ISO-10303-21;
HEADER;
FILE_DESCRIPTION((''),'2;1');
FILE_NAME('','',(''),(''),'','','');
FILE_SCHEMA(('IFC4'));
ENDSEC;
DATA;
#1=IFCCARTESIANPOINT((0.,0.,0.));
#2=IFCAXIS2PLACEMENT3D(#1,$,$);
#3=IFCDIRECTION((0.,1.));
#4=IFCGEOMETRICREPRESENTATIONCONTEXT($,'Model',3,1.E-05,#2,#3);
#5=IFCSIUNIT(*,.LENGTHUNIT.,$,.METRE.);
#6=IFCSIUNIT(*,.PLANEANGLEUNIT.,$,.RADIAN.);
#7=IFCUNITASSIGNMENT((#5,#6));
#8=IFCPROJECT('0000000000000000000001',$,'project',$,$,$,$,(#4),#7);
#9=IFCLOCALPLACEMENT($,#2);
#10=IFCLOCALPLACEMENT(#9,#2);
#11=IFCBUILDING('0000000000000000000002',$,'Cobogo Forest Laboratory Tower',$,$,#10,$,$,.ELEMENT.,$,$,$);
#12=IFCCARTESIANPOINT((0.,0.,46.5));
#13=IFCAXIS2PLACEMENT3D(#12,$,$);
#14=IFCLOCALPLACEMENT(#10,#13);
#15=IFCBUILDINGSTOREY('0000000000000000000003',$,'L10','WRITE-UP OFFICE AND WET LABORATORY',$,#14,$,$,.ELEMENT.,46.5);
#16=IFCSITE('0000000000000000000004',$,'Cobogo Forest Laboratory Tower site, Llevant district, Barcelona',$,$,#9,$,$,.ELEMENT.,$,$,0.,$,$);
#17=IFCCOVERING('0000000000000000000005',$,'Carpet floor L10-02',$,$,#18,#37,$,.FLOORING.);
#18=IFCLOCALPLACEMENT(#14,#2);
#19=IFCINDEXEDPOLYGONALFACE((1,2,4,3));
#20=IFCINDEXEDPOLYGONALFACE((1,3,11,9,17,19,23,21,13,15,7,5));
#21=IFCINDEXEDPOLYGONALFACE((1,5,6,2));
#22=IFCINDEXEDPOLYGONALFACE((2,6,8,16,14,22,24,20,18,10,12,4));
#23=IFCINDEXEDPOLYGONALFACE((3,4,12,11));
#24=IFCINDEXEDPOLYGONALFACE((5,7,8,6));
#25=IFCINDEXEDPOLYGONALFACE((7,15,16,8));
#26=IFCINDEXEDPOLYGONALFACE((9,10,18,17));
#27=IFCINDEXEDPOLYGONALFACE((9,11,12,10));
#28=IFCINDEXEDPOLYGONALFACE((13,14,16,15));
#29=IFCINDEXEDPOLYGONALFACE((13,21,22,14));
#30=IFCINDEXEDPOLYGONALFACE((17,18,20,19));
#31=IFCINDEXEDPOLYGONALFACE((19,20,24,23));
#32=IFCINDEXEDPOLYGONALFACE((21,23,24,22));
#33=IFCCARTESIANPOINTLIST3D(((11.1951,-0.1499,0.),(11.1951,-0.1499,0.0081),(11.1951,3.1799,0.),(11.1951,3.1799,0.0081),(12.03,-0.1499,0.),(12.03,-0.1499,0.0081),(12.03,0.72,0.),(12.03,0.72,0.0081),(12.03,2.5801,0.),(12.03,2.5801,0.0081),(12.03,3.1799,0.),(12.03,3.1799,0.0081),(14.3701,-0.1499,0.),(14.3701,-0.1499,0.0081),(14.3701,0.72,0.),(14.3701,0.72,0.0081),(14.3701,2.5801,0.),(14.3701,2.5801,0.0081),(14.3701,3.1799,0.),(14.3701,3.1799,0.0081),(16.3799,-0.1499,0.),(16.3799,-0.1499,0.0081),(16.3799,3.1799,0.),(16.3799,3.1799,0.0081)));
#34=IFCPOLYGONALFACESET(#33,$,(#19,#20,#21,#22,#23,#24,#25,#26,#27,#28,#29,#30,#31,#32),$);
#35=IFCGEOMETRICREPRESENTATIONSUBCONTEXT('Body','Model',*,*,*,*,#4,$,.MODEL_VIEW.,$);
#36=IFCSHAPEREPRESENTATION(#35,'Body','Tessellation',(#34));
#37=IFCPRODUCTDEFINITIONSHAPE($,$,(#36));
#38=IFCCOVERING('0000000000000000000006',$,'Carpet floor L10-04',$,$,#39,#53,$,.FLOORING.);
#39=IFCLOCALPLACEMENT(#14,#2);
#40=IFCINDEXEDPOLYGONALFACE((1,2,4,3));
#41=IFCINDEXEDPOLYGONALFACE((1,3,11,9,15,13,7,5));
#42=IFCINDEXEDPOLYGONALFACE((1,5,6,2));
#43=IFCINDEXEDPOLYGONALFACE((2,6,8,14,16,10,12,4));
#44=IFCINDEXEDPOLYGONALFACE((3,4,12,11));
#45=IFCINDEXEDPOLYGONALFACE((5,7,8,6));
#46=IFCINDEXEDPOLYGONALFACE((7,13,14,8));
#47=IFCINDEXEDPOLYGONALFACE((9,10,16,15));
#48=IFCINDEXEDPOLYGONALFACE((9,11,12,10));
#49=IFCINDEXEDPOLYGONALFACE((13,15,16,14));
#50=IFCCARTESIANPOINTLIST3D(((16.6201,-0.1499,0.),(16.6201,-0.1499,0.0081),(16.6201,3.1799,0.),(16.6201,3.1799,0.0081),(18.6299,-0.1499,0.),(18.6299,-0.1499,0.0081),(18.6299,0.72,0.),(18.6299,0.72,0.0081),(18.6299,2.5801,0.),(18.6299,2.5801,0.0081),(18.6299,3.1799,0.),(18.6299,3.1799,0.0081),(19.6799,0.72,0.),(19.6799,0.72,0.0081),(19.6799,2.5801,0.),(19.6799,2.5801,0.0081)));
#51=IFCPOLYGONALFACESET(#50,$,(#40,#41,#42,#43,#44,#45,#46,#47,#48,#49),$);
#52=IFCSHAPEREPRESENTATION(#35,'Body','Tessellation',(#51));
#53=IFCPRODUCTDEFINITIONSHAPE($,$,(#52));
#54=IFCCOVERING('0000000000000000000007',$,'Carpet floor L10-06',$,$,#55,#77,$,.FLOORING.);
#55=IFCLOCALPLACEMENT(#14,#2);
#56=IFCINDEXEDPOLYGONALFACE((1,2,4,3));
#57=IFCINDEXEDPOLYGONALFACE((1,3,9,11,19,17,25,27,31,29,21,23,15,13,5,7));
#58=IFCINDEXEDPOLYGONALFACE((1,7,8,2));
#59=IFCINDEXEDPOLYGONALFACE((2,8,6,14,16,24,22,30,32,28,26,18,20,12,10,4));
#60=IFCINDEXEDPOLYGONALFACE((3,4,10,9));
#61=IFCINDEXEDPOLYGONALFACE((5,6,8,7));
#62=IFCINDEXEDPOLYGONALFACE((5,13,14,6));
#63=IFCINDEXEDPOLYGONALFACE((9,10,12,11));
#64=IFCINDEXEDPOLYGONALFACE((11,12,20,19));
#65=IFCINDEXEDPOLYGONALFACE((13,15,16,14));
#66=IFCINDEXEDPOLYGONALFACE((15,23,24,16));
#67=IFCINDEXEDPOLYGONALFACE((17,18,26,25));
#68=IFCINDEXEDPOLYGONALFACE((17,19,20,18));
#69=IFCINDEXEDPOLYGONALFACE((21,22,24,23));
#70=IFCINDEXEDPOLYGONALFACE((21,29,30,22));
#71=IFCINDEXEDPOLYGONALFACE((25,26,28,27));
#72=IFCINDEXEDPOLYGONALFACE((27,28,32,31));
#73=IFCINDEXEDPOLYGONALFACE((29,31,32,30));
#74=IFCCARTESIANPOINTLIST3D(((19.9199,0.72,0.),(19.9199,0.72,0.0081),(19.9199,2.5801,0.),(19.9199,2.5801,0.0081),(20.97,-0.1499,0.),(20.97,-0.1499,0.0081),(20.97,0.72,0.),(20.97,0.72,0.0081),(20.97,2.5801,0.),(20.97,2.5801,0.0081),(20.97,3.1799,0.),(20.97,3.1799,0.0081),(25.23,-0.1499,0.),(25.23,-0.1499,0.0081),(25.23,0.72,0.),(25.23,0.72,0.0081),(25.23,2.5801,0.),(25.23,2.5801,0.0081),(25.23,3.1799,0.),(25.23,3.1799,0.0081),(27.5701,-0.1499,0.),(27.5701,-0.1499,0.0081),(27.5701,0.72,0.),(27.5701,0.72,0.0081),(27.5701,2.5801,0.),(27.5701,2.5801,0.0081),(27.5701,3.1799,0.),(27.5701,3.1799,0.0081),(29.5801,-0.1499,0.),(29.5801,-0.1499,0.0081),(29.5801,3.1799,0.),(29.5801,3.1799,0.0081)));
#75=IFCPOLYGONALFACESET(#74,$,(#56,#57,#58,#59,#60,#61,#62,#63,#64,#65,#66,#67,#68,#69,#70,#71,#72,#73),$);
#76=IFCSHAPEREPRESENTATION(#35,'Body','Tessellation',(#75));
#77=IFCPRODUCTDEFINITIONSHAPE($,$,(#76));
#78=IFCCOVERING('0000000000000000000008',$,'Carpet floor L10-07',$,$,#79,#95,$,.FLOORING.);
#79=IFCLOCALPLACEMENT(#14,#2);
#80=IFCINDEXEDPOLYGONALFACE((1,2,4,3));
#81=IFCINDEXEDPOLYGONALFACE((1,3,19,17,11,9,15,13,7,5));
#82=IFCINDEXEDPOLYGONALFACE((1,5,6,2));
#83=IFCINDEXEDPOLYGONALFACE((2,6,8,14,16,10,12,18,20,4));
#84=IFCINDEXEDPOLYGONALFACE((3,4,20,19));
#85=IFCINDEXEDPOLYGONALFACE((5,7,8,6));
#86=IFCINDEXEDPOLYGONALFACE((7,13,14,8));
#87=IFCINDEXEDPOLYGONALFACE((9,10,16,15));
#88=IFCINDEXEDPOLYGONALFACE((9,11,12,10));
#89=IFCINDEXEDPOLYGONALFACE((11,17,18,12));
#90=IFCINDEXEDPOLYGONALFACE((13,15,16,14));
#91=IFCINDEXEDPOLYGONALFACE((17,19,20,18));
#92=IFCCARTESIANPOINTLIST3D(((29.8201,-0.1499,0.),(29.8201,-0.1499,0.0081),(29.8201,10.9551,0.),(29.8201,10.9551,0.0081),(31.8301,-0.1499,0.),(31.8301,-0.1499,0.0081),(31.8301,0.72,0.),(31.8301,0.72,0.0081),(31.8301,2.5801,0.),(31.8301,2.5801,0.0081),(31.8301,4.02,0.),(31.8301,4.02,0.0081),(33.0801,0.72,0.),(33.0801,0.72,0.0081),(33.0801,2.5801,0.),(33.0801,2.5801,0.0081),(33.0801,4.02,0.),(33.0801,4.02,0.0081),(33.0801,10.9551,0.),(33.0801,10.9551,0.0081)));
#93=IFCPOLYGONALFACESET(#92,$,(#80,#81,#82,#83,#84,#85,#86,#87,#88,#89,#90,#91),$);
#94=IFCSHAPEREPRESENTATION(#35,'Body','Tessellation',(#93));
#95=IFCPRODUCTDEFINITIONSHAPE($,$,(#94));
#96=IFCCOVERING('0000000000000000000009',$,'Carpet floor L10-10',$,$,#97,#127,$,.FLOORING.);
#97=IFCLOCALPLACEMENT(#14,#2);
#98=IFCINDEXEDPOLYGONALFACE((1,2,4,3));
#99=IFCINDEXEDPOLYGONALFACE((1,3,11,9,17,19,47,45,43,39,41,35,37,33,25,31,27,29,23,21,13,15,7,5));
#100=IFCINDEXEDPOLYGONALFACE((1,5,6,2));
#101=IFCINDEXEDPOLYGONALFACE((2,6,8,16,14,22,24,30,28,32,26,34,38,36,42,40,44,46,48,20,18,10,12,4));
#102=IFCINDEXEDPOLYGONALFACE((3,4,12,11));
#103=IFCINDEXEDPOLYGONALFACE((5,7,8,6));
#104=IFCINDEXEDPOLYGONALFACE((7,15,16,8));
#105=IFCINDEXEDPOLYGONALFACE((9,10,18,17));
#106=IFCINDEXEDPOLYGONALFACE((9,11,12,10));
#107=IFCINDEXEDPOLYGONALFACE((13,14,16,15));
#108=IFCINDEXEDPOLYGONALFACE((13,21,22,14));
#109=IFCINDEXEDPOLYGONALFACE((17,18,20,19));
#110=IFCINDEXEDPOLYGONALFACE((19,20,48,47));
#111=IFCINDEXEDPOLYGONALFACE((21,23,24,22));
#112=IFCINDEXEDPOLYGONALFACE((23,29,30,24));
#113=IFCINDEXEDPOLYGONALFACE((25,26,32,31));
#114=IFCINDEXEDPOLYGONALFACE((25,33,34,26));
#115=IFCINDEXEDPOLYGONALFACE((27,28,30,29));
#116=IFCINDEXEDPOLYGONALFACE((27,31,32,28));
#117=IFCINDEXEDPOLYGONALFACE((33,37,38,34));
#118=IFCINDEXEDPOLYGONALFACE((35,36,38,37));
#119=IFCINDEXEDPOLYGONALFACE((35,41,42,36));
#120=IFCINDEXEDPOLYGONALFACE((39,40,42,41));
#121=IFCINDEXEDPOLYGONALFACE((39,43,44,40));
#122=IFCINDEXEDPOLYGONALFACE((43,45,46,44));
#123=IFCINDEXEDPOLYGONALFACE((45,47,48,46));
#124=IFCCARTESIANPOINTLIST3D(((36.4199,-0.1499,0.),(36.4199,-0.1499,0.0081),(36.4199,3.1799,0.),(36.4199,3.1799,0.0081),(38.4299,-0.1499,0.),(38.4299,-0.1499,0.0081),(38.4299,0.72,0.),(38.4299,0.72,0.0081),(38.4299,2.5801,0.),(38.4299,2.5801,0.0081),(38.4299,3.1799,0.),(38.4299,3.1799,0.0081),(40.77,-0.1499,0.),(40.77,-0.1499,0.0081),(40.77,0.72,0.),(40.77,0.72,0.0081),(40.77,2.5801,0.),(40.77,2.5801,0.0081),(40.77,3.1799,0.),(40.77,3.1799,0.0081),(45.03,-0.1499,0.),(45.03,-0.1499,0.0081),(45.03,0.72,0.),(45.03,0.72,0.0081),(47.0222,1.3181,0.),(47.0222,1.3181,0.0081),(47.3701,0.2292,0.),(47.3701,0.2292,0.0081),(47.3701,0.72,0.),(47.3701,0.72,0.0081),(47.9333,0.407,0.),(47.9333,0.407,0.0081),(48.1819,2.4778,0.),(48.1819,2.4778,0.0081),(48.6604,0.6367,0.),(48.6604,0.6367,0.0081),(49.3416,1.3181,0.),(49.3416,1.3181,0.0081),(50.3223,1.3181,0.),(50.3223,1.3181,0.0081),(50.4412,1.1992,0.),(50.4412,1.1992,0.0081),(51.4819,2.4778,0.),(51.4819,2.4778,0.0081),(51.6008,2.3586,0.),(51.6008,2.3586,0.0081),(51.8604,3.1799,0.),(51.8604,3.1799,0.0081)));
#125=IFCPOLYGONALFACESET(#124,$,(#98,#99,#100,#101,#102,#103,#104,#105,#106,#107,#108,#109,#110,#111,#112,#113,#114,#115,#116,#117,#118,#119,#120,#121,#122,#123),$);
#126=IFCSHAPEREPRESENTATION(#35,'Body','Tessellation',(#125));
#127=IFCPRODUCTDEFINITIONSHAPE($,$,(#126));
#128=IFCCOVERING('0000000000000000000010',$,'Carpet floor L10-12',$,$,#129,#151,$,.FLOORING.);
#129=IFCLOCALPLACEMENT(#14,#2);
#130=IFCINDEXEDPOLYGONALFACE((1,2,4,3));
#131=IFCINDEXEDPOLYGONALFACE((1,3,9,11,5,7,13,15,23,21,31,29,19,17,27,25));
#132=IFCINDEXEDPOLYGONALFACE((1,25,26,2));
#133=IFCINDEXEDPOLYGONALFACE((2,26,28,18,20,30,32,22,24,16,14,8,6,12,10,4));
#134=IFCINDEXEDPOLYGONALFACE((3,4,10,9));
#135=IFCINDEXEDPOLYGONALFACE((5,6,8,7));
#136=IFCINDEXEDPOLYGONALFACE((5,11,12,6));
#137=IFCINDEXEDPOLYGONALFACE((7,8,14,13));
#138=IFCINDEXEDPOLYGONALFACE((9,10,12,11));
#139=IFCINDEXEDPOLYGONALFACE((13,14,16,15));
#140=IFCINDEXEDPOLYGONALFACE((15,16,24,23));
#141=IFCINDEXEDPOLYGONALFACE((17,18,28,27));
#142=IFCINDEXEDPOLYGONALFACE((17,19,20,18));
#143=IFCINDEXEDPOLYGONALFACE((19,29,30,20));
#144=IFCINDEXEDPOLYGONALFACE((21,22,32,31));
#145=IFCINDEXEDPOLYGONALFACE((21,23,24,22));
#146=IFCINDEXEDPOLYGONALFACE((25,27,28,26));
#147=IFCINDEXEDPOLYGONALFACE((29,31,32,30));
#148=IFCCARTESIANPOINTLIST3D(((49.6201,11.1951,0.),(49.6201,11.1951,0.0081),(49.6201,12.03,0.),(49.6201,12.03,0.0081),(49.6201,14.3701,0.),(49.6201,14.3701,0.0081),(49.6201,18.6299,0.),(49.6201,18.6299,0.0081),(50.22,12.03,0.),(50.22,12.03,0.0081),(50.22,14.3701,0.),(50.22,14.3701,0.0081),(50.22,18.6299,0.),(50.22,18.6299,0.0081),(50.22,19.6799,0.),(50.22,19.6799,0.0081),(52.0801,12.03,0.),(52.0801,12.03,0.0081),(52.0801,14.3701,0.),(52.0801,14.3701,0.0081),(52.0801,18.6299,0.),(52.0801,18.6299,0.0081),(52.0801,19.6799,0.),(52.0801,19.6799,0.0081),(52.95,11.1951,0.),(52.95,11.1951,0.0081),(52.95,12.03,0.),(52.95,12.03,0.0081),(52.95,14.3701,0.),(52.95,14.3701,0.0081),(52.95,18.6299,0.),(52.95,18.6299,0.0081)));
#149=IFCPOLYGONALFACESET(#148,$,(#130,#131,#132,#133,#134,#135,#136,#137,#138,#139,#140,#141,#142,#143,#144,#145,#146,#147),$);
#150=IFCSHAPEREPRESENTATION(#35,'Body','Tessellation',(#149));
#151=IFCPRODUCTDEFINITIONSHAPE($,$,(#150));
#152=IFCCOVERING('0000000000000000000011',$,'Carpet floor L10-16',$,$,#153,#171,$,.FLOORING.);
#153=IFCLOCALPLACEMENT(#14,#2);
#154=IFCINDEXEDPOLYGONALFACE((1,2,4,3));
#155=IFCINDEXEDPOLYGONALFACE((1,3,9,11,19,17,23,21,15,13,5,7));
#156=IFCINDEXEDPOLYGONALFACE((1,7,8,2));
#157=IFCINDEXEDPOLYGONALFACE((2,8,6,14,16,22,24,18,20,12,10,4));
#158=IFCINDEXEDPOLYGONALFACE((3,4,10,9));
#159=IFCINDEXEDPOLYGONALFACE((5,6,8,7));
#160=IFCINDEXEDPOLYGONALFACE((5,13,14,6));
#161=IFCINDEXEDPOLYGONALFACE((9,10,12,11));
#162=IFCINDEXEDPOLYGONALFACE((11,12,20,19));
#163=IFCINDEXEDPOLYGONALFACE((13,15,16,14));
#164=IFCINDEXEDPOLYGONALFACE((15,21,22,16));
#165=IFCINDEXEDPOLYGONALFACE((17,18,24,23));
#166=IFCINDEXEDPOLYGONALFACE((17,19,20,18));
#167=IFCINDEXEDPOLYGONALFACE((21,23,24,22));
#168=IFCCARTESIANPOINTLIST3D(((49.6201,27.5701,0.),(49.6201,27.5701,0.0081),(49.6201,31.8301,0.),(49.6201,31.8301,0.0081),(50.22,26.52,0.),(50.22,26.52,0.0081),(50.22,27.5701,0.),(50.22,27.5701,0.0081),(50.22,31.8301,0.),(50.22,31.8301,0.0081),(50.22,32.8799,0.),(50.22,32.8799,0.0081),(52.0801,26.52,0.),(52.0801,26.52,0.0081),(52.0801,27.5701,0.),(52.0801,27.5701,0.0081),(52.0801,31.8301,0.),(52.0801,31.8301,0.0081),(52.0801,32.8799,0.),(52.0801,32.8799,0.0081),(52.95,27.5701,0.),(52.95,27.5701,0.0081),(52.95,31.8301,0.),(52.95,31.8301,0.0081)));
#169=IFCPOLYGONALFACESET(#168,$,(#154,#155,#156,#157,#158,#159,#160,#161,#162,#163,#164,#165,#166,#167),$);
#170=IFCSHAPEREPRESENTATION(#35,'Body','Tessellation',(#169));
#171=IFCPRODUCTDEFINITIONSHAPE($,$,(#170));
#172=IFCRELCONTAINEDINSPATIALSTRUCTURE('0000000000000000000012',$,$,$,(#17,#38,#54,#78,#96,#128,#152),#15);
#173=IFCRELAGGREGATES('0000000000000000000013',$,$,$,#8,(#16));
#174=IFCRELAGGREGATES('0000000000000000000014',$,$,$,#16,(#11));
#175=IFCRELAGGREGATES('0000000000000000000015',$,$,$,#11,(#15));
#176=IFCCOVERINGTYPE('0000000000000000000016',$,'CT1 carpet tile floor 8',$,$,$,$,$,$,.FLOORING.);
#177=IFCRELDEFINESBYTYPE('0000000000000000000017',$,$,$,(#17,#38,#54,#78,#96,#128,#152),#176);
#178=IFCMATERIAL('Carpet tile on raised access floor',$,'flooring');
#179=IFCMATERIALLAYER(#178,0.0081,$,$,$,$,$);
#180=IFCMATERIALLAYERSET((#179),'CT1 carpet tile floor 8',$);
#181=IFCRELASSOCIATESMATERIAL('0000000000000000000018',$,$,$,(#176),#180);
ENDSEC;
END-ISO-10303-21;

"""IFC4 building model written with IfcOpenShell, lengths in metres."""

from ifc_helpers import new_model, si_unit, direction, frame, origin, place, context, subcontext, project, spatial, polyline, outline, extrude, material, layer, layer_set, type_object, element, save


model = new_model("IFC4")

# Units and contexts
model_context = context("Model", 3, precision=1e-05, world=origin(), true_north=direction((0.0, 1.0)))
body_context = subcontext(model_context, "Body", "Model", "MODEL_VIEW")
ifc_project = project(units=[si_unit("LENGTHUNIT", "METRE"), si_unit("PLANEANGLEUNIT", "RADIAN")], contexts=[model_context])

# Site, building, storey
site_placement = place(None, origin())
site = spatial("IfcSite", under=ifc_project, at=site_placement, Name="Cobogo Forest Laboratory Tower site, Llevant district, Barcelona", CompositionType="ELEMENT", RefElevation=0.0)
building_placement = place(site_placement, origin())
building = spatial("IfcBuilding", under=site, at=building_placement, Name="Cobogo Forest Laboratory Tower", CompositionType="ELEMENT")
storey_placement = place(building_placement, frame((0.0, 0.0, 46.5)))
storey = spatial("IfcBuildingStorey", under=building, at=storey_placement, Name="L10", Description="WRITE-UP OFFICE AND WET LABORATORY", CompositionType="ELEMENT", Elevation=46.5)

# Coverings
ifc_material_1 = material(Name="Carpet tile on raised access floor", Category="flooring")
ifc_layer_1 = layer(ifc_material_1, 0.0081)
ifc_layer_set_1 = layer_set([ifc_layer_1], Name="CT1 carpet tile floor 8")
covering_type_1 = type_object("IfcCoveringType", Name="CT1 carpet tile floor 8", PredefinedType="FLOORING", material=ifc_layer_set_1)
covering_1_placement = place(storey_placement, origin())
element("IfcCovering", 1, at=covering_1_placement, inside=storey, type_object=covering_type_1, Name="Carpet floor L10-02", PredefinedType="FLOORING", context=body_context, shape_type="SweptSolid", body=[
    extrude(outline(polyline([(12.03, 3.1799), (12.03, 2.5801), (14.3701, 2.5801), (14.3701, 3.1799), (16.3799, 3.1799), (16.3799, -0.1499), (14.3701, -0.1499), (14.3701, 0.72), (12.03, 0.72), (12.03, -0.1499), (11.1951, -0.1499), (11.1951, 3.1799), (12.03, 3.1799)])), origin(), (0.0, 0.0, 1.0), 0.0081),
])
covering_2_placement = place(storey_placement, origin())
element("IfcCovering", 2, at=covering_2_placement, inside=storey, type_object=covering_type_1, Name="Carpet floor L10-04", PredefinedType="FLOORING", context=body_context, shape_type="SweptSolid", body=[
    extrude(outline(polyline([(18.6299, 3.1799), (18.6299, 2.5801), (19.6799, 2.5801), (19.6799, 0.72), (18.6299, 0.72), (18.6299, -0.1499), (16.6201, -0.1499), (16.6201, 3.1799), (18.6299, 3.1799)])), origin(), (0.0, 0.0, 1.0), 0.0081),
])
covering_3_placement = place(storey_placement, origin())
element("IfcCovering", 3, at=covering_3_placement, inside=storey, type_object=covering_type_1, Name="Carpet floor L10-06", PredefinedType="FLOORING", context=body_context, shape_type="SweptSolid", body=[
    extrude(outline(polyline([(25.23, 3.1799), (25.23, 2.5801), (27.5701, 2.5801), (27.5701, 3.1799), (29.5801, 3.1799), (29.5801, -0.1499), (27.5701, -0.1499), (27.5701, 0.72), (25.23, 0.72), (25.23, -0.1499), (20.97, -0.1499), (20.97, 0.72), (19.9199, 0.72), (19.9199, 2.5801), (20.97, 2.5801), (20.97, 3.1799), (25.23, 3.1799)])), origin(), (0.0, 0.0, 1.0), 0.0081),
])
covering_4_placement = place(storey_placement, origin())
element("IfcCovering", 4, at=covering_4_placement, inside=storey, type_object=covering_type_1, Name="Carpet floor L10-07", PredefinedType="FLOORING", context=body_context, shape_type="SweptSolid", body=[
    extrude(outline(polyline([(33.0801, 10.9551), (33.0801, 4.02), (31.8301, 4.02), (31.8301, 2.5801), (33.0801, 2.5801), (33.0801, 0.72), (31.8301, 0.72), (31.8301, -0.1499), (29.8201, -0.1499), (29.8201, 10.9551), (33.0801, 10.9551)])), origin(), (0.0, 0.0, 1.0), 0.0081),
])
covering_5_placement = place(storey_placement, origin())
element("IfcCovering", 5, at=covering_5_placement, inside=storey, type_object=covering_type_1, Name="Carpet floor L10-10", PredefinedType="FLOORING", context=body_context, shape_type="SweptSolid", body=[
    extrude(outline(polyline([(38.4299, 3.1799), (38.4299, 2.5801), (40.77, 2.5801), (40.77, 3.1799), (51.8604, 3.1799), (51.6008, 2.3586), (51.4819, 2.4778), (50.3223, 1.3181), (50.4412, 1.1992), (48.6604, 0.6367), (49.3416, 1.3181), (48.1819, 2.4778), (47.0222, 1.3181), (47.9333, 0.407), (47.3701, 0.2292), (47.3701, 0.72), (45.03, 0.72), (45.03, -0.1499), (40.77, -0.1499), (40.77, 0.72), (38.4299, 0.72), (38.4299, -0.1499), (36.4199, -0.1499), (36.4199, 3.1799), (38.4299, 3.1799)])), origin(), (0.0, 0.0, 1.0), 0.0081),
])
covering_6_placement = place(storey_placement, origin())
element("IfcCovering", 6, at=covering_6_placement, inside=storey, type_object=covering_type_1, Name="Carpet floor L10-12", PredefinedType="FLOORING", context=body_context, shape_type="SweptSolid", body=[
    extrude(outline(polyline([(49.6201, 12.03), (50.22, 12.03), (50.22, 14.3701), (49.6201, 14.3701), (49.6201, 18.6299), (50.22, 18.6299), (50.22, 19.6799), (52.0801, 19.6799), (52.0801, 18.6299), (52.95, 18.6299), (52.95, 14.3701), (52.0801, 14.3701), (52.0801, 12.03), (52.95, 12.03), (52.95, 11.1951), (49.6201, 11.1951), (49.6201, 12.03)])), origin(), (0.0, 0.0, 1.0), 0.0081),
])
covering_7_placement = place(storey_placement, origin())
element("IfcCovering", 7, at=covering_7_placement, inside=storey, type_object=covering_type_1, Name="Carpet floor L10-16", PredefinedType="FLOORING", context=body_context, shape_type="SweptSolid", body=[
    extrude(outline(polyline([(49.6201, 31.8301), (50.22, 31.8301), (50.22, 32.8799), (52.0801, 32.8799), (52.0801, 31.8301), (52.95, 31.8301), (52.95, 27.5701), (52.0801, 27.5701), (52.0801, 26.52), (50.22, 26.52), (50.22, 27.5701), (49.6201, 27.5701), (49.6201, 31.8301)])), origin(), (0.0, 0.0, 1.0), 0.0081),
])

save(model, "model.ifc")
